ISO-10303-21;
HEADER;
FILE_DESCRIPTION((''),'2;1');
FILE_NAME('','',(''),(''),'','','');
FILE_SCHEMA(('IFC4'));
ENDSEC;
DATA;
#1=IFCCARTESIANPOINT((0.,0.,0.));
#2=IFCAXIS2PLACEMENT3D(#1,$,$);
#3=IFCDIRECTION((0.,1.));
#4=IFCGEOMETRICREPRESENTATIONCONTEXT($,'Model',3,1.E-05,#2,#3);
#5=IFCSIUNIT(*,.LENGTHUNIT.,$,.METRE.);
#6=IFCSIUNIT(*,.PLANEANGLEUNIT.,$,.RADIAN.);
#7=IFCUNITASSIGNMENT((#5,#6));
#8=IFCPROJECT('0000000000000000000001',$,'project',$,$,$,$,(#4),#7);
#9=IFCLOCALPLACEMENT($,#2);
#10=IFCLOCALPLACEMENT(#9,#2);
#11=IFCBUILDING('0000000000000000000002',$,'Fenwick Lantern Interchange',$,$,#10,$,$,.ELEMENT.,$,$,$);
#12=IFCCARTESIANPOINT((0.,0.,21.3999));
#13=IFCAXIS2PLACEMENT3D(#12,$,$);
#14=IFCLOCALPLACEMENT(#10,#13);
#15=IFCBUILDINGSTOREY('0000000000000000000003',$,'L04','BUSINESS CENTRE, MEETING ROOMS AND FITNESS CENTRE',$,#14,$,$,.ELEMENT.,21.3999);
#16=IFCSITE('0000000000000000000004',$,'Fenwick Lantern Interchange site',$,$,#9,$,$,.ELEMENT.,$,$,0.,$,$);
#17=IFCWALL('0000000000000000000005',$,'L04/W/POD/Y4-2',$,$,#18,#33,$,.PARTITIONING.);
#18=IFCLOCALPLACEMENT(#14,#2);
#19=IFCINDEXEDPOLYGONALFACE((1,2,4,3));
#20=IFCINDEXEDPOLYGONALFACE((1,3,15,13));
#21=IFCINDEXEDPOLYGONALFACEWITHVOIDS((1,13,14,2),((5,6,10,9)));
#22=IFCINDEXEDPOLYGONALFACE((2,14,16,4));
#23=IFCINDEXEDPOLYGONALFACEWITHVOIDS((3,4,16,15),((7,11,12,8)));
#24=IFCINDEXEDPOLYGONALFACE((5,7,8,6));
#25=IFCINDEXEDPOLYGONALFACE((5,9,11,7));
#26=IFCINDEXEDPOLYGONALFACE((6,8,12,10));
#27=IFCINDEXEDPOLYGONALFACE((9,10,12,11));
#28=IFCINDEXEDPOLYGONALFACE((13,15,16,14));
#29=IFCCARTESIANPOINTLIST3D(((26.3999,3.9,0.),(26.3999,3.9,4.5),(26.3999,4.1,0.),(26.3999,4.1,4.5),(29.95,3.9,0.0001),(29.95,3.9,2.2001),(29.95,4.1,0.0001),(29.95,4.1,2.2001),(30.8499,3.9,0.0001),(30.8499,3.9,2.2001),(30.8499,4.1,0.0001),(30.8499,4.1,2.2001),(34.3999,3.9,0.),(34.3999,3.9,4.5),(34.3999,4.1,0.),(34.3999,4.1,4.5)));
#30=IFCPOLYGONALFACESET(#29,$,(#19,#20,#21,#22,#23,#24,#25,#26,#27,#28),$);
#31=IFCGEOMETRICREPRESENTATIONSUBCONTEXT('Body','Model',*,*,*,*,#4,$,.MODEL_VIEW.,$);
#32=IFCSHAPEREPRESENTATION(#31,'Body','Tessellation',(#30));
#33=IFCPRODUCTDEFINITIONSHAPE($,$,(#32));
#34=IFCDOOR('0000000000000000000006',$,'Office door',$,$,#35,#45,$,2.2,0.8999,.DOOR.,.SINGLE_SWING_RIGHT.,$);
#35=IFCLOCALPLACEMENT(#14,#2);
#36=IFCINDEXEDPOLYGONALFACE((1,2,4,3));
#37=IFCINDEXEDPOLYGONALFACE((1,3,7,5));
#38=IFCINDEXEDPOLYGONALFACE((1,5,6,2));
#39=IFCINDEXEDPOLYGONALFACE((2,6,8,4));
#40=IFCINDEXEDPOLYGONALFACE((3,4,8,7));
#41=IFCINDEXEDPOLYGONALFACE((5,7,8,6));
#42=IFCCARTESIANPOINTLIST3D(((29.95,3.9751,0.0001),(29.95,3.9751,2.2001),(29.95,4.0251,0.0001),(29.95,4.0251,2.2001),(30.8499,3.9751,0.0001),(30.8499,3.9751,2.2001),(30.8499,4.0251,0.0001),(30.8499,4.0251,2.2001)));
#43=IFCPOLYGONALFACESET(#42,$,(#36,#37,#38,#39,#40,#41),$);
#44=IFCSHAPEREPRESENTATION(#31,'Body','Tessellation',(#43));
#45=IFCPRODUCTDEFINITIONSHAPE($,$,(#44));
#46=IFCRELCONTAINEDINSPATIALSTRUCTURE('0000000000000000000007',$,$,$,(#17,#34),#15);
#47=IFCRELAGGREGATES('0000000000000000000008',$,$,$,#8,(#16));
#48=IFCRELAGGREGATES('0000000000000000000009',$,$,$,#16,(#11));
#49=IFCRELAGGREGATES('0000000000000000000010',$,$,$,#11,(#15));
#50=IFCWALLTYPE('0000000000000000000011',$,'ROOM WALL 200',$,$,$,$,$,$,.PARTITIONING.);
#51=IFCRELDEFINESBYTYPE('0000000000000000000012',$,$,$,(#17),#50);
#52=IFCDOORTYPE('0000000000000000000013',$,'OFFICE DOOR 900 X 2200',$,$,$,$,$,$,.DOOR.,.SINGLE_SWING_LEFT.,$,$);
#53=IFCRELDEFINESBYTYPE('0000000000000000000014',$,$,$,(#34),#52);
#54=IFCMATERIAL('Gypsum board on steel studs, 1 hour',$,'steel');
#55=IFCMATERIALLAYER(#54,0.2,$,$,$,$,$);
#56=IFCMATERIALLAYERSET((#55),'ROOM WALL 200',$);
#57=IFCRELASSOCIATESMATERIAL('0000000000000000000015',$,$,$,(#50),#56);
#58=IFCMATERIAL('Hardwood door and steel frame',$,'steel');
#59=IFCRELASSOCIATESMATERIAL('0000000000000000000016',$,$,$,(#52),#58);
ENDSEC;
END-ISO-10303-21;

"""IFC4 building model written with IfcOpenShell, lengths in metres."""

from ifc_helpers import new_model, si_unit, direction, frame, frame_2d, origin, place, context, subcontext, project, spatial, rectangle, extrude, material, layer, layer_set, type_object, element, fill, save


model = new_model("IFC4")

# Units and contexts
model_context = context("Model", 3, precision=1e-05, world=origin(), true_north=direction((0.0, 1.0)))
body_context = subcontext(model_context, "Body", "Model", "MODEL_VIEW")
ifc_project = project(units=[si_unit("LENGTHUNIT", "METRE"), si_unit("PLANEANGLEUNIT", "RADIAN")], contexts=[model_context])

# Site, building, storey
site_placement = place(None, origin())
site = spatial("IfcSite", under=ifc_project, at=site_placement, Name="Fenwick Lantern Interchange site", CompositionType="ELEMENT", RefElevation=0.0)
building_placement = place(site_placement, origin())
building = spatial("IfcBuilding", under=site, at=building_placement, Name="Fenwick Lantern Interchange", CompositionType="ELEMENT")
storey_placement = place(building_placement, frame((0.0, 0.0, 21.3999)))
storey = spatial("IfcBuildingStorey", under=building, at=storey_placement, Name="L04", Description="BUSINESS CENTRE, MEETING ROOMS AND FITNESS CENTRE", CompositionType="ELEMENT", Elevation=21.3999)

# Shared definitions
ifc_material_1 = material(Name="Gypsum board on steel studs, 1 hour", Category="steel")
ifc_layer_1 = layer(ifc_material_1, 0.2)
ifc_layer_set_1 = layer_set([ifc_layer_1], Name="ROOM WALL 200")
wall_type_1 = type_object("IfcWallType", Name="ROOM WALL 200", PredefinedType="PARTITIONING", material=ifc_layer_set_1)

# Wall, opening, door
wall_1_placement = place(storey_placement, frame((26.3999, 4.0, 0.0), z_axis=(0.0, 0.0, 1.0), x_axis=(1.0, 0.0, 0.0)))
wall_1 = element("IfcWall", 1, at=wall_1_placement, inside=storey, type_object=wall_type_1, Name="L04/W/POD/Y4-2", PredefinedType="PARTITIONING", context=body_context, shape_type="SweptSolid", body=[
    extrude(rectangle(XDim=8.0, YDim=0.2, at=frame_2d((4.0, 0.0))), origin(), (0.0, 0.0, 1.0), 4.5),
])
opening_1_placement = place(wall_1_placement, frame((3.55, 0.0, 0.0)))
opening_1 = element("IfcOpeningElement", 2, at=opening_1_placement, cuts=wall_1, PredefinedType="OPENING", context=body_context, shape_type="SweptSolid", body=[
    extrude(rectangle(XDim=0.8999, YDim=2.2, at=frame_2d((0.45, 1.1001))), frame((0.0, 0.1099, 0.0), z_axis=(0.0, -1.0, 0.0), x_axis=(1.0, 0.0, 0.0)), (0.0, 0.0, 1.0), 0.22),
])
ifc_material_2 = material(Name="Hardwood door and steel frame", Category="steel")
door_type_1 = type_object("IfcDoorType", Name="OFFICE DOOR 900 X 2200", OperationType="SINGLE_SWING_LEFT", PredefinedType="DOOR", material=ifc_material_2)
door_1_placement = place(opening_1_placement, frame((0.8999, 0.0, 0.0), z_axis=(0.0, 0.0, 1.0), x_axis=(-1.0, 0.0, 0.0)))
door_1 = element("IfcDoor", 3, at=door_1_placement, inside=storey, type_object=door_type_1, Name="Office door", OperationType="SINGLE_SWING_RIGHT", OverallHeight=2.2, OverallWidth=0.8999, PredefinedType="DOOR", context=body_context, shape_type="SweptSolid", body=[
    extrude(rectangle(XDim=0.8999, YDim=2.2, at=frame_2d((0.45, 1.1001))), frame((0.0, 0.0249, 0.0), z_axis=(0.0, -1.0, 0.0), x_axis=(1.0, 0.0, 0.0)), (0.0, 0.0, 1.0), 0.05),
])
fill(opening_1, door_1)

save(model, "model.ifc")
